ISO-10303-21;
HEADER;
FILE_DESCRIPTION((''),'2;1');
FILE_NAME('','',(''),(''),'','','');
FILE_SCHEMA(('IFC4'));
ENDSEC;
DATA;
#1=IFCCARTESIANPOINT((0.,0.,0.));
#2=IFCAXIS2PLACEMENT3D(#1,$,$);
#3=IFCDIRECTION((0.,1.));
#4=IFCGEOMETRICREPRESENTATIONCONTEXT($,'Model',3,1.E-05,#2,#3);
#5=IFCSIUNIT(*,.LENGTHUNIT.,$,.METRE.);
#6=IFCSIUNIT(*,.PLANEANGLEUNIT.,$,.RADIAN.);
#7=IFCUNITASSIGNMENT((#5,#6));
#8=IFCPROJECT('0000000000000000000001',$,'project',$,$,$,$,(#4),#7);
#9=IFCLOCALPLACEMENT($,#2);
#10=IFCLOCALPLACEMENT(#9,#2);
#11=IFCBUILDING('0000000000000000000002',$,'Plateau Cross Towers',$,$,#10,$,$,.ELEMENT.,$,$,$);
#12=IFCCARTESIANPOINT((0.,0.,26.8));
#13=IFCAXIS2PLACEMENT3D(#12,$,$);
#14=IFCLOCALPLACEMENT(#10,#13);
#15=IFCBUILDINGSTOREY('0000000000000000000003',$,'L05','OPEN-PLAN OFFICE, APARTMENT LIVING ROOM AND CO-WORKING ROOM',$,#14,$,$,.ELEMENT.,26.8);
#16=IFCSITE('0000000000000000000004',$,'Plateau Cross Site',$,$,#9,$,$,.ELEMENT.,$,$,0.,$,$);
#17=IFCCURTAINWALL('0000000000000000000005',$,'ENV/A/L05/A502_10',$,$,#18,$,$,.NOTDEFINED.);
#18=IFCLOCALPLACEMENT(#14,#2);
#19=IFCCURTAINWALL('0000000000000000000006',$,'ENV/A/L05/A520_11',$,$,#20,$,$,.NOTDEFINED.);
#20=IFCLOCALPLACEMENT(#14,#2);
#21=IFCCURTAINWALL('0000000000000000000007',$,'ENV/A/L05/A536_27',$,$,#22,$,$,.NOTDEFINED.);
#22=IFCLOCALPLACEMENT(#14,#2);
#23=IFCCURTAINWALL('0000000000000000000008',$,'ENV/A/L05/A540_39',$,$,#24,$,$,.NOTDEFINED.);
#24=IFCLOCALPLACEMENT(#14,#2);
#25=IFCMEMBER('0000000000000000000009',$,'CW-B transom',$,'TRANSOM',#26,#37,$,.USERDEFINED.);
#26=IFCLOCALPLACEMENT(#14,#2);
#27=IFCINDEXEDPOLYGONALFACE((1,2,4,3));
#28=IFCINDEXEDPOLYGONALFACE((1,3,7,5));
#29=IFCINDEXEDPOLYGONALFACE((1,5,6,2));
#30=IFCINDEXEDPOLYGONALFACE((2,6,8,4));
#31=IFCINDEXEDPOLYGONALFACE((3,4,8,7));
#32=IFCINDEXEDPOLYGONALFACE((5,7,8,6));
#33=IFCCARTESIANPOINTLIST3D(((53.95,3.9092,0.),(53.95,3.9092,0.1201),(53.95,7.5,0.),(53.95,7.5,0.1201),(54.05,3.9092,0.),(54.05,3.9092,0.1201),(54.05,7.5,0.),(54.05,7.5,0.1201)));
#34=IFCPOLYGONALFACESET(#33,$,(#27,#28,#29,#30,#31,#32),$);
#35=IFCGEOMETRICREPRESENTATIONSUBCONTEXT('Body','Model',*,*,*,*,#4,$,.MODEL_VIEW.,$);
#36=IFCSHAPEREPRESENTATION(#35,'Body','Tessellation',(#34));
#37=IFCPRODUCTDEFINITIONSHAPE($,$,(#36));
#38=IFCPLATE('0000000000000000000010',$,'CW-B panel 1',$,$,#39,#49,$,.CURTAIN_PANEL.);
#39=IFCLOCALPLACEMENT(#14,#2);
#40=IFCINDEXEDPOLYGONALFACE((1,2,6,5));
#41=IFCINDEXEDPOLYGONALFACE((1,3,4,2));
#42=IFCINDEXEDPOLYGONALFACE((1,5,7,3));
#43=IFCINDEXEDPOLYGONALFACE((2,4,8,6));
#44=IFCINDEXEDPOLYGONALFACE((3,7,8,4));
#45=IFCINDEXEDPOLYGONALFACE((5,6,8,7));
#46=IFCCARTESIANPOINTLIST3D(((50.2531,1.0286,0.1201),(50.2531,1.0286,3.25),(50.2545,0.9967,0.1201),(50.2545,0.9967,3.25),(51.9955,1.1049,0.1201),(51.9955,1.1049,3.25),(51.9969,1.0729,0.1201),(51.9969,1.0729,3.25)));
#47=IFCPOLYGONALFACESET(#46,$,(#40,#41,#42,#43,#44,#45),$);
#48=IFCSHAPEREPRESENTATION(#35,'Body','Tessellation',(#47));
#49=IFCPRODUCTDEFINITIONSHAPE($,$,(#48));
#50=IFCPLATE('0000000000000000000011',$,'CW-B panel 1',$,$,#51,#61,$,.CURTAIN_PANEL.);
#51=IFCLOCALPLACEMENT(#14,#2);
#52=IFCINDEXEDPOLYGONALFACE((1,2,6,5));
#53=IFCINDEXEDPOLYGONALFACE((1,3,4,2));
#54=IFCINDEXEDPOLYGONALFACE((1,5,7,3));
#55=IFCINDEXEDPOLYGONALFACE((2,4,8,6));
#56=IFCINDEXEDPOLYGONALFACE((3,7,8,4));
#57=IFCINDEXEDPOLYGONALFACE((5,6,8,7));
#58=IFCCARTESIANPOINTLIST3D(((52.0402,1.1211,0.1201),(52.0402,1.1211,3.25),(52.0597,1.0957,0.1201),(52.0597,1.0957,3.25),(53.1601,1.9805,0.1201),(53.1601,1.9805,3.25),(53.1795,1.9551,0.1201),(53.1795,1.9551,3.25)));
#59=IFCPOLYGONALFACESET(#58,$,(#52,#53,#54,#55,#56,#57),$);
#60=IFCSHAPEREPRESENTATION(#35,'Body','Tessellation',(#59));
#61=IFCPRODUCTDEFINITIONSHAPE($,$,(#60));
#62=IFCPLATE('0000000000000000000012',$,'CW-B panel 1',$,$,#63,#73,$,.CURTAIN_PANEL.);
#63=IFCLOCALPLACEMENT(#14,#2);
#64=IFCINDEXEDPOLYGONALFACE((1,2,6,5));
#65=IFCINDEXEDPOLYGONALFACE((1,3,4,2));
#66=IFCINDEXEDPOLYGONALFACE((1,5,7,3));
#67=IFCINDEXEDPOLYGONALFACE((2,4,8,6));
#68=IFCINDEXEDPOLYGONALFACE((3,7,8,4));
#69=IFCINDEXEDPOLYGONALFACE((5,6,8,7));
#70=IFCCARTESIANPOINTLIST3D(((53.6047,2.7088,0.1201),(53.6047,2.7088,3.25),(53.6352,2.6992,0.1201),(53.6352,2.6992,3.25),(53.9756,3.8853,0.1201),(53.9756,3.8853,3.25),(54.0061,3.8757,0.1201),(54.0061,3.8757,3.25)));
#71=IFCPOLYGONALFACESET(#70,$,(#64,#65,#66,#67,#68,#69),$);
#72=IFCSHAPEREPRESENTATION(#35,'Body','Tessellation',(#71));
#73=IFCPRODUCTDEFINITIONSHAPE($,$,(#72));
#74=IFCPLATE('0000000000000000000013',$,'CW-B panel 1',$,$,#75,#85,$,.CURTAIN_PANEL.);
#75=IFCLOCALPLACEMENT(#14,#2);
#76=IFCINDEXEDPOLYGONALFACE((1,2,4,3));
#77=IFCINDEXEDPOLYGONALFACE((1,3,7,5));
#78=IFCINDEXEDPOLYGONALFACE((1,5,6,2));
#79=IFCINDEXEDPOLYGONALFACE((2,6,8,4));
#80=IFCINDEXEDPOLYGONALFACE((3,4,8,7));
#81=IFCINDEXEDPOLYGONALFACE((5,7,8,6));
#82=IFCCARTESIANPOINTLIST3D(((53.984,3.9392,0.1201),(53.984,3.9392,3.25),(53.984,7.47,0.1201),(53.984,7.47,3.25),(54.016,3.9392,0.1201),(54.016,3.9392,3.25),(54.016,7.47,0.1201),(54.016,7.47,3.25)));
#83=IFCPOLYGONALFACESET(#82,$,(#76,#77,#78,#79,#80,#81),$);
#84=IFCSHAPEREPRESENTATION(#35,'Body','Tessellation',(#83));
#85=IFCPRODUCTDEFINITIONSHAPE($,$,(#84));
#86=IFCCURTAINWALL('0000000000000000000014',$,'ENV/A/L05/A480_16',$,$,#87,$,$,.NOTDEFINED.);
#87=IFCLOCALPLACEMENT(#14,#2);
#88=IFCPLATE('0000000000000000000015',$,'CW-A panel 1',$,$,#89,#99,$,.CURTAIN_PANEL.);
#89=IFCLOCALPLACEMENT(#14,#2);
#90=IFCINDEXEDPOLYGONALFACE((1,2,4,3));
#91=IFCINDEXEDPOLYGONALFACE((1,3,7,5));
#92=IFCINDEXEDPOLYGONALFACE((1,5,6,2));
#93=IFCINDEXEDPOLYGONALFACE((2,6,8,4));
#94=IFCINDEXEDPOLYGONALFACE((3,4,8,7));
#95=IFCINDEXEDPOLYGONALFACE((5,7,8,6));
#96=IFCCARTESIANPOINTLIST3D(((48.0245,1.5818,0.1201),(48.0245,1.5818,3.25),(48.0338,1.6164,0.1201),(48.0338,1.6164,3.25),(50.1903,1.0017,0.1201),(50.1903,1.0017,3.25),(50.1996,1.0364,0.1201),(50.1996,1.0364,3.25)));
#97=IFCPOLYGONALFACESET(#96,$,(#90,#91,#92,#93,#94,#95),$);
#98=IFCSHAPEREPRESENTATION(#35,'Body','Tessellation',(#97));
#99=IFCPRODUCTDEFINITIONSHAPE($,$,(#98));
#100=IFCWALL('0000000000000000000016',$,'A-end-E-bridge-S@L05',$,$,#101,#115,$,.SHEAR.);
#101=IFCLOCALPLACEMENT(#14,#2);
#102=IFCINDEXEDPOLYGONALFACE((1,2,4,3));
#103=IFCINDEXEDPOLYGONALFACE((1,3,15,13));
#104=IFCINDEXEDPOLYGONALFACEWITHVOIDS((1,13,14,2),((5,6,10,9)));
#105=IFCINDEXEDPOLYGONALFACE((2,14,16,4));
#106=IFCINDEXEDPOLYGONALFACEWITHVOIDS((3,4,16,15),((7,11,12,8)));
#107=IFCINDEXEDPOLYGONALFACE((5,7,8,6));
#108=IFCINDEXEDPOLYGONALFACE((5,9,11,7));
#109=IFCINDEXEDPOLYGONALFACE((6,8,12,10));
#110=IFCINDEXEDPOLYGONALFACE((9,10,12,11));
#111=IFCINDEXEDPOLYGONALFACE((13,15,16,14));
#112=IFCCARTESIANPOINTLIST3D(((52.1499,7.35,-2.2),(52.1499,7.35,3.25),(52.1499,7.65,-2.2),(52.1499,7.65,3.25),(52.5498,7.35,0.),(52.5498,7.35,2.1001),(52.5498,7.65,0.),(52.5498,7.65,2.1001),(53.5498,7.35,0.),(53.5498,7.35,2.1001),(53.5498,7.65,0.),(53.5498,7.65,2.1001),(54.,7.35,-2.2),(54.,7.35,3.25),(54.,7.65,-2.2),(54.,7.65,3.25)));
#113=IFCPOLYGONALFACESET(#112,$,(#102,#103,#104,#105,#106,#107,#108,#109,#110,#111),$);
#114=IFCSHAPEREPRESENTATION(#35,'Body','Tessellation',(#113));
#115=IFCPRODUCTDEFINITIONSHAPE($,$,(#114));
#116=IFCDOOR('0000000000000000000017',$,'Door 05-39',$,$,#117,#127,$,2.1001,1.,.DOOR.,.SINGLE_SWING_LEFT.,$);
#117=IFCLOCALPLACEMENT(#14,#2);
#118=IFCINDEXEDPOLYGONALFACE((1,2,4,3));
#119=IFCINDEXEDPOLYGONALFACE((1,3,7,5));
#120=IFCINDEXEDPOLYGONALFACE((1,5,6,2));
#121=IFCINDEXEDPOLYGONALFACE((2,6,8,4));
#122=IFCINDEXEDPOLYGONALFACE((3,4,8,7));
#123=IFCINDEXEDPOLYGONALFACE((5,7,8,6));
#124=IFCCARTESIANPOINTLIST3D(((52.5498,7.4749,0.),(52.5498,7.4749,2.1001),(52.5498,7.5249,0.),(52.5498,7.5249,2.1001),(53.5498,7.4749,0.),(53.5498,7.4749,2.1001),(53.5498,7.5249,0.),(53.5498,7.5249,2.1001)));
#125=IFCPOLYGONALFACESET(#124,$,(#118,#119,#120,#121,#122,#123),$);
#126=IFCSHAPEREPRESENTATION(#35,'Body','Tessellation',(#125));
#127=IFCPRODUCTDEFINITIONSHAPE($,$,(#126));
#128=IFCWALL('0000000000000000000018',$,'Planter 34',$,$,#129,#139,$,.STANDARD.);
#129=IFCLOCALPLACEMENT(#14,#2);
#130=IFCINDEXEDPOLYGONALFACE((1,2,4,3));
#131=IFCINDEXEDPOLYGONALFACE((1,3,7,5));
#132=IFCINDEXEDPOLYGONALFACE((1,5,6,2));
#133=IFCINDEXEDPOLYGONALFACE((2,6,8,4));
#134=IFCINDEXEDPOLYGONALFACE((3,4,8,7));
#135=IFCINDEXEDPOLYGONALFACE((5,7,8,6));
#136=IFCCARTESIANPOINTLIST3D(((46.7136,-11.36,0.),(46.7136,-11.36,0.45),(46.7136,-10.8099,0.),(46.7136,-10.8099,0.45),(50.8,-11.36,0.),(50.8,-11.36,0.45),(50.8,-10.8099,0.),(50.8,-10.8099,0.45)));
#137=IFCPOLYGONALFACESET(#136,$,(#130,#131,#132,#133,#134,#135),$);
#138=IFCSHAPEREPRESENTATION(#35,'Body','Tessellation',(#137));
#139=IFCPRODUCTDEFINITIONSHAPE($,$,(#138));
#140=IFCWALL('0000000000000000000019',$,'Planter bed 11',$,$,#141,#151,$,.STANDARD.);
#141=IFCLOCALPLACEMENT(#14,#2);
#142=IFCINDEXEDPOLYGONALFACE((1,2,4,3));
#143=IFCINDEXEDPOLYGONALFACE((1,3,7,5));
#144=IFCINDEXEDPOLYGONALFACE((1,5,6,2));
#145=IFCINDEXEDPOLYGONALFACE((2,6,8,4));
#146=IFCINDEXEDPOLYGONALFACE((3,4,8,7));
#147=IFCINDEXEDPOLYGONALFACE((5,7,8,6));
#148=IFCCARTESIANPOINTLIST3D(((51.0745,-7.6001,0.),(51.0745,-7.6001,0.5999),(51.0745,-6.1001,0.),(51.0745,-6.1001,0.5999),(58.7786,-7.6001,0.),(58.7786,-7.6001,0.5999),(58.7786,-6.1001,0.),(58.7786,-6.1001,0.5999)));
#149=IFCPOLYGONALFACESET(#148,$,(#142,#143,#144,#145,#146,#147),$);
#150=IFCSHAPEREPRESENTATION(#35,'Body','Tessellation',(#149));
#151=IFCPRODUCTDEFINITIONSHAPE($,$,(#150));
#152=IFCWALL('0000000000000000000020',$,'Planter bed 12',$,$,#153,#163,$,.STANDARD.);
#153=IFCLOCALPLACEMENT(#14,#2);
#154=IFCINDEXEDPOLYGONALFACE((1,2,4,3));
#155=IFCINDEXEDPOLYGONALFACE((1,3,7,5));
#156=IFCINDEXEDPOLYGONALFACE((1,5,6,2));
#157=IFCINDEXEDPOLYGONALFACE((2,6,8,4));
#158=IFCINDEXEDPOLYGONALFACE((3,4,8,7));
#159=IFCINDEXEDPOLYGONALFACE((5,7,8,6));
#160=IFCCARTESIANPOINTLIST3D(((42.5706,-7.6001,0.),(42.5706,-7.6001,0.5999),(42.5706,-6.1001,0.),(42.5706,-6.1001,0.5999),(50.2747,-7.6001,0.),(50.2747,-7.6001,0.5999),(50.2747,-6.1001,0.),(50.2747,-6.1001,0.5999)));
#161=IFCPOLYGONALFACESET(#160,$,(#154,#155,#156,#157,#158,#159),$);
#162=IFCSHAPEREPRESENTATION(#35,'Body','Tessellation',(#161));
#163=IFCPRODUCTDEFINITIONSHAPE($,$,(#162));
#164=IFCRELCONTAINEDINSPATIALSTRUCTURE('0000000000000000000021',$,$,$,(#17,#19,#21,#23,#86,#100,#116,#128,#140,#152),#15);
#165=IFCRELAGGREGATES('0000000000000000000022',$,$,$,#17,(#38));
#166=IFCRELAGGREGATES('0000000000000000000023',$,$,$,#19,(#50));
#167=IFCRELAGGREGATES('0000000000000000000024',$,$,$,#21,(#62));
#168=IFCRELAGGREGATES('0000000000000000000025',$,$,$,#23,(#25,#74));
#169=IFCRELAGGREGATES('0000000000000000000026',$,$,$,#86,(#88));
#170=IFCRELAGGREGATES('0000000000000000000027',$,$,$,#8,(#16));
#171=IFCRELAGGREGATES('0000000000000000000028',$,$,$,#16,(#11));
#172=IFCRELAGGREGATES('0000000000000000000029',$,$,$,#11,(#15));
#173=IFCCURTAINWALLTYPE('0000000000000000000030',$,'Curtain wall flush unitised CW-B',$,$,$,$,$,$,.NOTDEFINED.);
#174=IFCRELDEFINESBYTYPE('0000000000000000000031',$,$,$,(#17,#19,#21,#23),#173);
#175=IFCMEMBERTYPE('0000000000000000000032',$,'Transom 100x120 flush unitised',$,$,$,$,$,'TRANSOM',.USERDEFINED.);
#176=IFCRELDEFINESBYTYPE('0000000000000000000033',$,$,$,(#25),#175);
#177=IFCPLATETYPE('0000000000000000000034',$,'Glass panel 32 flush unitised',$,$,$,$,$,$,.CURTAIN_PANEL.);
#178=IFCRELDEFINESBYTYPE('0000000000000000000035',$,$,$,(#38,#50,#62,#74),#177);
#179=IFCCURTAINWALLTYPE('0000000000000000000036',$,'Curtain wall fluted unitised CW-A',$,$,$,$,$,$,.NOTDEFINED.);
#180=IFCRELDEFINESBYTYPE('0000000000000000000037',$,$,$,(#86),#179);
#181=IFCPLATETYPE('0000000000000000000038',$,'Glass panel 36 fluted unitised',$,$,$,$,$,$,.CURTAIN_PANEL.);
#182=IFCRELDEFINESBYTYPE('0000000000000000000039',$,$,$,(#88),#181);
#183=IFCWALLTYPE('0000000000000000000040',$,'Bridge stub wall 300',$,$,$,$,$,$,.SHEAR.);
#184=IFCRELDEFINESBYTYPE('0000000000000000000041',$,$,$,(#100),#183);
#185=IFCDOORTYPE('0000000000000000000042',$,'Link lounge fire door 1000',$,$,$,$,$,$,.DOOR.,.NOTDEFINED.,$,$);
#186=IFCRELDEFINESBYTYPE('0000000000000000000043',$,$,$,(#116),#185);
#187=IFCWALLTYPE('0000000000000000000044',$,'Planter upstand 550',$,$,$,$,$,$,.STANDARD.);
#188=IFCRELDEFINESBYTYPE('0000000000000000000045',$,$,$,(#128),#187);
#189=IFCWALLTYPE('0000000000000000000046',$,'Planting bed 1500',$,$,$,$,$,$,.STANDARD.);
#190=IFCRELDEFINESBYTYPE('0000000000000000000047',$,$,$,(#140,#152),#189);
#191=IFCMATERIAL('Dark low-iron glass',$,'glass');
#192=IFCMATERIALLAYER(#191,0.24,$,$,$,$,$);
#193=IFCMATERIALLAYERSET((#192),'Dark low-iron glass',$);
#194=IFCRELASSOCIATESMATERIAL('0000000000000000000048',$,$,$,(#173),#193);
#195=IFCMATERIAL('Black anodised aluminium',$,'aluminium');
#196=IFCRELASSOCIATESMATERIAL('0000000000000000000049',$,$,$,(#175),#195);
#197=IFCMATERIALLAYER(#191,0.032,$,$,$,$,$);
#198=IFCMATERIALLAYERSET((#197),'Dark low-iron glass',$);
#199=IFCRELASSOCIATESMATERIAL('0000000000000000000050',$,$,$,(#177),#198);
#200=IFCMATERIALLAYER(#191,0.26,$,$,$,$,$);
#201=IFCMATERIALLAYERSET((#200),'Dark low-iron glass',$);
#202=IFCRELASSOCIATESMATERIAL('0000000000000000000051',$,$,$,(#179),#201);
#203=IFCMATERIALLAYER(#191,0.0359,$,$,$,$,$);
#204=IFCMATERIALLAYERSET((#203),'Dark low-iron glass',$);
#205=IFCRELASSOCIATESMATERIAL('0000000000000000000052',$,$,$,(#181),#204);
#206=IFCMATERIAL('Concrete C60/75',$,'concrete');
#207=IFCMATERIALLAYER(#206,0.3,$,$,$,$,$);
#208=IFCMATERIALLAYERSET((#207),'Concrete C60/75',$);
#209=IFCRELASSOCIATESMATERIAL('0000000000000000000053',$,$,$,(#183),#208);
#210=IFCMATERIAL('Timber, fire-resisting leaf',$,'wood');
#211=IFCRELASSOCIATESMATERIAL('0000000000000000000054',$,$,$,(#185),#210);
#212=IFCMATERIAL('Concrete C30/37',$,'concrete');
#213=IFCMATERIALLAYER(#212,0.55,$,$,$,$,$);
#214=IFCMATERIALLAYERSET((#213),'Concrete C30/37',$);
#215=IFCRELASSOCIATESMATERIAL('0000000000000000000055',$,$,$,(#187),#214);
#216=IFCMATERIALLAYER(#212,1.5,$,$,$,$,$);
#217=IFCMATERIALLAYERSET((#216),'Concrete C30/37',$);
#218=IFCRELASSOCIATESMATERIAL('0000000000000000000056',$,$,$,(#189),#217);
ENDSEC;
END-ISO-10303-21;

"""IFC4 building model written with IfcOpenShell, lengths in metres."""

from ifc_helpers import new_model, si_unit, direction, frame, frame_2d, origin, origin_2d, place, context, subcontext, project, spatial, rectangle, extrude, material, layer, layer_set, material_profile, profile_set, type_object, element, fill, aggregate, save


model = new_model("IFC4")

# Units and contexts
model_context = context("Model", 3, precision=1e-05, world=origin(), true_north=direction((0.0, 1.0)))
body_context = subcontext(model_context, "Body", "Model", "MODEL_VIEW")
ifc_project = project(units=[si_unit("LENGTHUNIT", "METRE"), si_unit("PLANEANGLEUNIT", "RADIAN")], contexts=[model_context])

# Site, building, storey
site_placement = place(None, origin())
site = spatial("IfcSite", under=ifc_project, at=site_placement, Name="Plateau Cross Site", CompositionType="ELEMENT", RefElevation=0.0)
building_placement = place(site_placement, origin())
building = spatial("IfcBuilding", under=site, at=building_placement, Name="Plateau Cross Towers", CompositionType="ELEMENT")
storey_placement = place(building_placement, frame((0.0, 0.0, 26.8)))
storey = spatial("IfcBuildingStorey", under=building, at=storey_placement, Name="L05", Description="OPEN-PLAN OFFICE, APARTMENT LIVING ROOM AND CO-WORKING ROOM", CompositionType="ELEMENT", Elevation=26.8)

# Shared definitions
ifc_material_1 = material(Name="Concrete C60/75", Category="concrete")

# Curtain wall
ifc_material_2 = material(Name="Dark low-iron glass", Category="glass")
ifc_layer_1 = layer(ifc_material_2, 0.24)
ifc_layer_set_1 = layer_set([ifc_layer_1], Name="Dark low-iron glass")
curtain_wall_type_1 = type_object("IfcCurtainWallType", Name="Curtain wall flush unitised CW-B", PredefinedType="NOTDEFINED", material=ifc_layer_set_1)
curtain_wall_1_placement = place(storey_placement, origin())
curtain_wall_1 = element("IfcCurtainWall", 1, at=curtain_wall_1_placement, inside=storey, type_object=curtain_wall_type_1, Name="ENV/A/L05/A502_10", PredefinedType="NOTDEFINED")
ifc_material_3 = material(Name="Black anodised aluminium", Category="aluminium")

# Curtain wall
curtain_wall_2_placement = place(storey_placement, origin())
curtain_wall_2 = element("IfcCurtainWall", 2, at=curtain_wall_2_placement, inside=storey, type_object=curtain_wall_type_1, Name="ENV/A/L05/A520_11", PredefinedType="NOTDEFINED")

# Curtain walls
curtain_wall_3_placement = place(storey_placement, origin())
curtain_wall_3 = element("IfcCurtainWall", 3, at=curtain_wall_3_placement, inside=storey, type_object=curtain_wall_type_1, Name="ENV/A/L05/A536_27", PredefinedType="NOTDEFINED")
curtain_wall_4_placement = place(storey_placement, origin())
curtain_wall_4 = element("IfcCurtainWall", 4, at=curtain_wall_4_placement, inside=storey, type_object=curtain_wall_type_1, Name="ENV/A/L05/A540_39", PredefinedType="NOTDEFINED")

# Member
ifc_material_profile_1 = material_profile(ifc_material_3, rectangle(XDim=0.1001, YDim=0.1201, at=origin_2d()), Name="TRANSOM 100x120")
ifc_profile_set_1 = profile_set([ifc_material_profile_1], Name="Black anodised aluminium")
member_type_1 = type_object("IfcMemberType", Name="Transom 100x120 flush unitised", ElementType="TRANSOM", PredefinedType="USERDEFINED", material=ifc_profile_set_1)
member_1_placement = place(storey_placement, frame((54.0, 3.9092, 0.0601), z_axis=(0.0, 1.0, 0.0), x_axis=(-1.0, 0.0, 0.0)))
member_1 = element("IfcMember", 5, at=member_1_placement, type_object=member_type_1, Name="CW-B transom", ObjectType="TRANSOM", PredefinedType="USERDEFINED", context=body_context, shape_type="SweptSolid", body=[
    extrude(rectangle(XDim=0.1001, YDim=0.1201, at=origin_2d()), origin(), (0.0, 0.0, 1.0), 3.5908),
])

# Plates
ifc_layer_2 = layer(ifc_material_2, 0.032)
ifc_layer_set_2 = layer_set([ifc_layer_2], Name="Dark low-iron glass")
plate_type_1 = type_object("IfcPlateType", Name="Glass panel 32 flush unitised", PredefinedType="CURTAIN_PANEL", material=ifc_layer_set_2)
plate_1_placement = place(storey_placement, frame((51.125, 1.0508, 0.1201), z_axis=(0.0, 0.0, 1.0), x_axis=(0.999044, 0.043723, 0.0)))
plate_1 = element("IfcPlate", 6, at=plate_1_placement, type_object=plate_type_1, Name="CW-B panel 1", PredefinedType="CURTAIN_PANEL", context=body_context, shape_type="SweptSolid", body=[
    extrude(rectangle(XDim=1.7441, YDim=0.032, at=origin_2d()), origin(), (0.0, 0.0, 1.0), 3.1299),
])
aggregate(curtain_wall_1, [plate_1])
plate_2_placement = place(storey_placement, frame((52.6099, 1.5381, 0.1201), z_axis=(0.0, 0.0, 1.0), x_axis=(0.793316, 0.608811, 0.0)))
plate_2 = element("IfcPlate", 7, at=plate_2_placement, type_object=plate_type_1, Name="CW-B panel 1", PredefinedType="CURTAIN_PANEL", context=body_context, shape_type="SweptSolid", body=[
    extrude(rectangle(XDim=1.4116, YDim=0.032, at=origin_2d()), origin(), (0.0, 0.0, 1.0), 3.1299),
])
aggregate(curtain_wall_2, [plate_2])
plate_3_placement = place(storey_placement, frame((53.8054, 3.2922, 0.1201), z_axis=(0.0, 0.0, 1.0), x_axis=(0.300686, 0.953723, 0.0)))
plate_3 = element("IfcPlate", 8, at=plate_3_placement, type_object=plate_type_1, Name="CW-B panel 1", PredefinedType="CURTAIN_PANEL", context=body_context, shape_type="SweptSolid", body=[
    extrude(rectangle(XDim=1.2336, YDim=0.032, at=origin_2d()), origin(), (0.0, 0.0, 1.0), 3.1299),
])
aggregate(curtain_wall_3, [plate_3])
plate_4_placement = place(storey_placement, frame((54.0, 5.7046, 0.1201), z_axis=(0.0, 0.0, 1.0), x_axis=(0.0, 1.0, 0.0)))
plate_4 = element("IfcPlate", 9, at=plate_4_placement, type_object=plate_type_1, Name="CW-B panel 1", PredefinedType="CURTAIN_PANEL", context=body_context, shape_type="SweptSolid", body=[
    extrude(rectangle(XDim=3.5308, YDim=0.032, at=origin_2d()), origin(), (0.0, 0.0, 1.0), 3.1299),
])
aggregate(curtain_wall_4, [member_1, plate_4])

# Curtain wall, plate
ifc_layer_3 = layer(ifc_material_2, 0.26)
ifc_layer_set_3 = layer_set([ifc_layer_3], Name="Dark low-iron glass")
curtain_wall_type_2 = type_object("IfcCurtainWallType", Name="Curtain wall fluted unitised CW-A", PredefinedType="NOTDEFINED", material=ifc_layer_set_3)
curtain_wall_5_placement = place(storey_placement, origin())
curtain_wall_5 = element("IfcCurtainWall", 10, at=curtain_wall_5_placement, inside=storey, type_object=curtain_wall_type_2, Name="ENV/A/L05/A480_16", PredefinedType="NOTDEFINED")
ifc_layer_4 = layer(ifc_material_2, 0.0359)
ifc_layer_set_4 = layer_set([ifc_layer_4], Name="Dark low-iron glass")
plate_type_2 = type_object("IfcPlateType", Name="Glass panel 36 fluted unitised", PredefinedType="CURTAIN_PANEL", material=ifc_layer_set_4)
plate_5_placement = place(storey_placement, frame((49.1121, 1.3091, 0.1201), z_axis=(0.0, 0.0, 1.0), x_axis=(0.965958, -0.258699, 0.0)))
plate_5 = element("IfcPlate", 11, at=plate_5_placement, type_object=plate_type_2, Name="CW-A panel 1", PredefinedType="CURTAIN_PANEL", context=body_context, shape_type="SweptSolid", body=[
    extrude(rectangle(XDim=2.2422, YDim=0.0359, at=origin_2d()), origin(), (0.0, 0.0, 1.0), 3.1299),
])
aggregate(curtain_wall_5, [plate_5])

# Wall, opening, door
ifc_layer_5 = layer(ifc_material_1, 0.3)
ifc_layer_set_5 = layer_set([ifc_layer_5], Name="Concrete C60/75")
wall_type_1 = type_object("IfcWallType", Name="Bridge stub wall 300", PredefinedType="SHEAR", material=ifc_layer_set_5)
wall_1_placement = place(storey_placement, frame((52.1499, 7.5, -2.2), z_axis=(0.0, 0.0, 1.0), x_axis=(1.0, 0.0, 0.0)))
wall_1 = element("IfcWall", 12, at=wall_1_placement, inside=storey, type_object=wall_type_1, Name="A-end-E-bridge-S@L05", PredefinedType="SHEAR", context=body_context, shape_type="SweptSolid", body=[
    extrude(rectangle(XDim=1.8501, YDim=0.3, at=frame_2d((0.925, 0.0))), origin(), (0.0, 0.0, 1.0), 5.45),
])
opening_placement = place(wall_1_placement, frame((0.3999, 0.0, 2.2)))
opening = element("IfcOpeningElement", 13, at=opening_placement, cuts=wall_1, PredefinedType="OPENING", context=body_context, shape_type="SweptSolid", body=[
    extrude(rectangle(XDim=1.0, YDim=2.1001, at=frame_2d((0.5, 1.05))), frame((0.0, 0.1599, 0.0), z_axis=(0.0, -1.0, 0.0), x_axis=(1.0, 0.0, 0.0)), (0.0, 0.0, 1.0), 0.3201),
])
ifc_material_4 = material(Name="Timber, fire-resisting leaf", Category="wood")
door_type = type_object("IfcDoorType", Name="Link lounge fire door 1000", OperationType="NOTDEFINED", PredefinedType="DOOR", material=ifc_material_4)
door_placement = place(opening_placement, origin())
door = element("IfcDoor", 14, at=door_placement, inside=storey, type_object=door_type, Name="Door 05-39", OperationType="SINGLE_SWING_LEFT", OverallHeight=2.1001, OverallWidth=1.0, PredefinedType="DOOR", context=body_context, shape_type="SweptSolid", body=[
    extrude(rectangle(XDim=1.0, YDim=2.1001, at=frame_2d((0.5, 1.05))), frame((0.0, 0.0249, 0.0), z_axis=(0.0, -1.0, 0.0), x_axis=(1.0, 0.0, 0.0)), (0.0, 0.0, 1.0), 0.05),
])
fill(opening, door)

# Walls
ifc_material_5 = material(Name="Concrete C30/37", Category="concrete")
ifc_layer_6 = layer(ifc_material_5, 0.55)
ifc_layer_set_6 = layer_set([ifc_layer_6], Name="Concrete C30/37")
wall_type_2 = type_object("IfcWallType", Name="Planter upstand 550", PredefinedType="STANDARD", material=ifc_layer_set_6)
wall_2_placement = place(storey_placement, frame((50.8, -11.085, 0.0), z_axis=(0.0, 0.0, 1.0), x_axis=(-1.0, 0.0, 0.0)))
element("IfcWall", 15, at=wall_2_placement, inside=storey, type_object=wall_type_2, Name="Planter 34", PredefinedType="STANDARD", context=body_context, shape_type="SweptSolid", body=[
    extrude(rectangle(XDim=4.0864, YDim=0.55, at=frame_2d((2.0432, 0.0))), origin(), (0.0, 0.0, 1.0), 0.45),
])
ifc_layer_7 = layer(ifc_material_5, 1.5)
ifc_layer_set_7 = layer_set([ifc_layer_7], Name="Concrete C30/37")
wall_type_3 = type_object("IfcWallType", Name="Planting bed 1500", PredefinedType="STANDARD", material=ifc_layer_set_7)
for number, where, z_axis, x_axis, name in (
    (16, (58.7786, -6.8501, 0.0), (0.0, 0.0, 1.0), (-1.0, 0.0, 0.0), "Planter bed 11"),
    (17, (50.2747, -6.8501, 0.0), (0.0, 0.0, 1.0), (-1.0, 0.0, 0.0), "Planter bed 12"),
):
    element("IfcWall", number, at=place(storey_placement, frame(where, z_axis=z_axis, x_axis=x_axis)), inside=storey, type_object=wall_type_3, Name=name, PredefinedType="STANDARD", context=body_context, shape_type="SweptSolid", body=[
        extrude(rectangle(XDim=7.7041, YDim=1.5, at=frame_2d((3.8521, 0.0))), origin(), (0.0, 0.0, 1.0), 0.5999),
    ])

save(model, "model.ifc")
